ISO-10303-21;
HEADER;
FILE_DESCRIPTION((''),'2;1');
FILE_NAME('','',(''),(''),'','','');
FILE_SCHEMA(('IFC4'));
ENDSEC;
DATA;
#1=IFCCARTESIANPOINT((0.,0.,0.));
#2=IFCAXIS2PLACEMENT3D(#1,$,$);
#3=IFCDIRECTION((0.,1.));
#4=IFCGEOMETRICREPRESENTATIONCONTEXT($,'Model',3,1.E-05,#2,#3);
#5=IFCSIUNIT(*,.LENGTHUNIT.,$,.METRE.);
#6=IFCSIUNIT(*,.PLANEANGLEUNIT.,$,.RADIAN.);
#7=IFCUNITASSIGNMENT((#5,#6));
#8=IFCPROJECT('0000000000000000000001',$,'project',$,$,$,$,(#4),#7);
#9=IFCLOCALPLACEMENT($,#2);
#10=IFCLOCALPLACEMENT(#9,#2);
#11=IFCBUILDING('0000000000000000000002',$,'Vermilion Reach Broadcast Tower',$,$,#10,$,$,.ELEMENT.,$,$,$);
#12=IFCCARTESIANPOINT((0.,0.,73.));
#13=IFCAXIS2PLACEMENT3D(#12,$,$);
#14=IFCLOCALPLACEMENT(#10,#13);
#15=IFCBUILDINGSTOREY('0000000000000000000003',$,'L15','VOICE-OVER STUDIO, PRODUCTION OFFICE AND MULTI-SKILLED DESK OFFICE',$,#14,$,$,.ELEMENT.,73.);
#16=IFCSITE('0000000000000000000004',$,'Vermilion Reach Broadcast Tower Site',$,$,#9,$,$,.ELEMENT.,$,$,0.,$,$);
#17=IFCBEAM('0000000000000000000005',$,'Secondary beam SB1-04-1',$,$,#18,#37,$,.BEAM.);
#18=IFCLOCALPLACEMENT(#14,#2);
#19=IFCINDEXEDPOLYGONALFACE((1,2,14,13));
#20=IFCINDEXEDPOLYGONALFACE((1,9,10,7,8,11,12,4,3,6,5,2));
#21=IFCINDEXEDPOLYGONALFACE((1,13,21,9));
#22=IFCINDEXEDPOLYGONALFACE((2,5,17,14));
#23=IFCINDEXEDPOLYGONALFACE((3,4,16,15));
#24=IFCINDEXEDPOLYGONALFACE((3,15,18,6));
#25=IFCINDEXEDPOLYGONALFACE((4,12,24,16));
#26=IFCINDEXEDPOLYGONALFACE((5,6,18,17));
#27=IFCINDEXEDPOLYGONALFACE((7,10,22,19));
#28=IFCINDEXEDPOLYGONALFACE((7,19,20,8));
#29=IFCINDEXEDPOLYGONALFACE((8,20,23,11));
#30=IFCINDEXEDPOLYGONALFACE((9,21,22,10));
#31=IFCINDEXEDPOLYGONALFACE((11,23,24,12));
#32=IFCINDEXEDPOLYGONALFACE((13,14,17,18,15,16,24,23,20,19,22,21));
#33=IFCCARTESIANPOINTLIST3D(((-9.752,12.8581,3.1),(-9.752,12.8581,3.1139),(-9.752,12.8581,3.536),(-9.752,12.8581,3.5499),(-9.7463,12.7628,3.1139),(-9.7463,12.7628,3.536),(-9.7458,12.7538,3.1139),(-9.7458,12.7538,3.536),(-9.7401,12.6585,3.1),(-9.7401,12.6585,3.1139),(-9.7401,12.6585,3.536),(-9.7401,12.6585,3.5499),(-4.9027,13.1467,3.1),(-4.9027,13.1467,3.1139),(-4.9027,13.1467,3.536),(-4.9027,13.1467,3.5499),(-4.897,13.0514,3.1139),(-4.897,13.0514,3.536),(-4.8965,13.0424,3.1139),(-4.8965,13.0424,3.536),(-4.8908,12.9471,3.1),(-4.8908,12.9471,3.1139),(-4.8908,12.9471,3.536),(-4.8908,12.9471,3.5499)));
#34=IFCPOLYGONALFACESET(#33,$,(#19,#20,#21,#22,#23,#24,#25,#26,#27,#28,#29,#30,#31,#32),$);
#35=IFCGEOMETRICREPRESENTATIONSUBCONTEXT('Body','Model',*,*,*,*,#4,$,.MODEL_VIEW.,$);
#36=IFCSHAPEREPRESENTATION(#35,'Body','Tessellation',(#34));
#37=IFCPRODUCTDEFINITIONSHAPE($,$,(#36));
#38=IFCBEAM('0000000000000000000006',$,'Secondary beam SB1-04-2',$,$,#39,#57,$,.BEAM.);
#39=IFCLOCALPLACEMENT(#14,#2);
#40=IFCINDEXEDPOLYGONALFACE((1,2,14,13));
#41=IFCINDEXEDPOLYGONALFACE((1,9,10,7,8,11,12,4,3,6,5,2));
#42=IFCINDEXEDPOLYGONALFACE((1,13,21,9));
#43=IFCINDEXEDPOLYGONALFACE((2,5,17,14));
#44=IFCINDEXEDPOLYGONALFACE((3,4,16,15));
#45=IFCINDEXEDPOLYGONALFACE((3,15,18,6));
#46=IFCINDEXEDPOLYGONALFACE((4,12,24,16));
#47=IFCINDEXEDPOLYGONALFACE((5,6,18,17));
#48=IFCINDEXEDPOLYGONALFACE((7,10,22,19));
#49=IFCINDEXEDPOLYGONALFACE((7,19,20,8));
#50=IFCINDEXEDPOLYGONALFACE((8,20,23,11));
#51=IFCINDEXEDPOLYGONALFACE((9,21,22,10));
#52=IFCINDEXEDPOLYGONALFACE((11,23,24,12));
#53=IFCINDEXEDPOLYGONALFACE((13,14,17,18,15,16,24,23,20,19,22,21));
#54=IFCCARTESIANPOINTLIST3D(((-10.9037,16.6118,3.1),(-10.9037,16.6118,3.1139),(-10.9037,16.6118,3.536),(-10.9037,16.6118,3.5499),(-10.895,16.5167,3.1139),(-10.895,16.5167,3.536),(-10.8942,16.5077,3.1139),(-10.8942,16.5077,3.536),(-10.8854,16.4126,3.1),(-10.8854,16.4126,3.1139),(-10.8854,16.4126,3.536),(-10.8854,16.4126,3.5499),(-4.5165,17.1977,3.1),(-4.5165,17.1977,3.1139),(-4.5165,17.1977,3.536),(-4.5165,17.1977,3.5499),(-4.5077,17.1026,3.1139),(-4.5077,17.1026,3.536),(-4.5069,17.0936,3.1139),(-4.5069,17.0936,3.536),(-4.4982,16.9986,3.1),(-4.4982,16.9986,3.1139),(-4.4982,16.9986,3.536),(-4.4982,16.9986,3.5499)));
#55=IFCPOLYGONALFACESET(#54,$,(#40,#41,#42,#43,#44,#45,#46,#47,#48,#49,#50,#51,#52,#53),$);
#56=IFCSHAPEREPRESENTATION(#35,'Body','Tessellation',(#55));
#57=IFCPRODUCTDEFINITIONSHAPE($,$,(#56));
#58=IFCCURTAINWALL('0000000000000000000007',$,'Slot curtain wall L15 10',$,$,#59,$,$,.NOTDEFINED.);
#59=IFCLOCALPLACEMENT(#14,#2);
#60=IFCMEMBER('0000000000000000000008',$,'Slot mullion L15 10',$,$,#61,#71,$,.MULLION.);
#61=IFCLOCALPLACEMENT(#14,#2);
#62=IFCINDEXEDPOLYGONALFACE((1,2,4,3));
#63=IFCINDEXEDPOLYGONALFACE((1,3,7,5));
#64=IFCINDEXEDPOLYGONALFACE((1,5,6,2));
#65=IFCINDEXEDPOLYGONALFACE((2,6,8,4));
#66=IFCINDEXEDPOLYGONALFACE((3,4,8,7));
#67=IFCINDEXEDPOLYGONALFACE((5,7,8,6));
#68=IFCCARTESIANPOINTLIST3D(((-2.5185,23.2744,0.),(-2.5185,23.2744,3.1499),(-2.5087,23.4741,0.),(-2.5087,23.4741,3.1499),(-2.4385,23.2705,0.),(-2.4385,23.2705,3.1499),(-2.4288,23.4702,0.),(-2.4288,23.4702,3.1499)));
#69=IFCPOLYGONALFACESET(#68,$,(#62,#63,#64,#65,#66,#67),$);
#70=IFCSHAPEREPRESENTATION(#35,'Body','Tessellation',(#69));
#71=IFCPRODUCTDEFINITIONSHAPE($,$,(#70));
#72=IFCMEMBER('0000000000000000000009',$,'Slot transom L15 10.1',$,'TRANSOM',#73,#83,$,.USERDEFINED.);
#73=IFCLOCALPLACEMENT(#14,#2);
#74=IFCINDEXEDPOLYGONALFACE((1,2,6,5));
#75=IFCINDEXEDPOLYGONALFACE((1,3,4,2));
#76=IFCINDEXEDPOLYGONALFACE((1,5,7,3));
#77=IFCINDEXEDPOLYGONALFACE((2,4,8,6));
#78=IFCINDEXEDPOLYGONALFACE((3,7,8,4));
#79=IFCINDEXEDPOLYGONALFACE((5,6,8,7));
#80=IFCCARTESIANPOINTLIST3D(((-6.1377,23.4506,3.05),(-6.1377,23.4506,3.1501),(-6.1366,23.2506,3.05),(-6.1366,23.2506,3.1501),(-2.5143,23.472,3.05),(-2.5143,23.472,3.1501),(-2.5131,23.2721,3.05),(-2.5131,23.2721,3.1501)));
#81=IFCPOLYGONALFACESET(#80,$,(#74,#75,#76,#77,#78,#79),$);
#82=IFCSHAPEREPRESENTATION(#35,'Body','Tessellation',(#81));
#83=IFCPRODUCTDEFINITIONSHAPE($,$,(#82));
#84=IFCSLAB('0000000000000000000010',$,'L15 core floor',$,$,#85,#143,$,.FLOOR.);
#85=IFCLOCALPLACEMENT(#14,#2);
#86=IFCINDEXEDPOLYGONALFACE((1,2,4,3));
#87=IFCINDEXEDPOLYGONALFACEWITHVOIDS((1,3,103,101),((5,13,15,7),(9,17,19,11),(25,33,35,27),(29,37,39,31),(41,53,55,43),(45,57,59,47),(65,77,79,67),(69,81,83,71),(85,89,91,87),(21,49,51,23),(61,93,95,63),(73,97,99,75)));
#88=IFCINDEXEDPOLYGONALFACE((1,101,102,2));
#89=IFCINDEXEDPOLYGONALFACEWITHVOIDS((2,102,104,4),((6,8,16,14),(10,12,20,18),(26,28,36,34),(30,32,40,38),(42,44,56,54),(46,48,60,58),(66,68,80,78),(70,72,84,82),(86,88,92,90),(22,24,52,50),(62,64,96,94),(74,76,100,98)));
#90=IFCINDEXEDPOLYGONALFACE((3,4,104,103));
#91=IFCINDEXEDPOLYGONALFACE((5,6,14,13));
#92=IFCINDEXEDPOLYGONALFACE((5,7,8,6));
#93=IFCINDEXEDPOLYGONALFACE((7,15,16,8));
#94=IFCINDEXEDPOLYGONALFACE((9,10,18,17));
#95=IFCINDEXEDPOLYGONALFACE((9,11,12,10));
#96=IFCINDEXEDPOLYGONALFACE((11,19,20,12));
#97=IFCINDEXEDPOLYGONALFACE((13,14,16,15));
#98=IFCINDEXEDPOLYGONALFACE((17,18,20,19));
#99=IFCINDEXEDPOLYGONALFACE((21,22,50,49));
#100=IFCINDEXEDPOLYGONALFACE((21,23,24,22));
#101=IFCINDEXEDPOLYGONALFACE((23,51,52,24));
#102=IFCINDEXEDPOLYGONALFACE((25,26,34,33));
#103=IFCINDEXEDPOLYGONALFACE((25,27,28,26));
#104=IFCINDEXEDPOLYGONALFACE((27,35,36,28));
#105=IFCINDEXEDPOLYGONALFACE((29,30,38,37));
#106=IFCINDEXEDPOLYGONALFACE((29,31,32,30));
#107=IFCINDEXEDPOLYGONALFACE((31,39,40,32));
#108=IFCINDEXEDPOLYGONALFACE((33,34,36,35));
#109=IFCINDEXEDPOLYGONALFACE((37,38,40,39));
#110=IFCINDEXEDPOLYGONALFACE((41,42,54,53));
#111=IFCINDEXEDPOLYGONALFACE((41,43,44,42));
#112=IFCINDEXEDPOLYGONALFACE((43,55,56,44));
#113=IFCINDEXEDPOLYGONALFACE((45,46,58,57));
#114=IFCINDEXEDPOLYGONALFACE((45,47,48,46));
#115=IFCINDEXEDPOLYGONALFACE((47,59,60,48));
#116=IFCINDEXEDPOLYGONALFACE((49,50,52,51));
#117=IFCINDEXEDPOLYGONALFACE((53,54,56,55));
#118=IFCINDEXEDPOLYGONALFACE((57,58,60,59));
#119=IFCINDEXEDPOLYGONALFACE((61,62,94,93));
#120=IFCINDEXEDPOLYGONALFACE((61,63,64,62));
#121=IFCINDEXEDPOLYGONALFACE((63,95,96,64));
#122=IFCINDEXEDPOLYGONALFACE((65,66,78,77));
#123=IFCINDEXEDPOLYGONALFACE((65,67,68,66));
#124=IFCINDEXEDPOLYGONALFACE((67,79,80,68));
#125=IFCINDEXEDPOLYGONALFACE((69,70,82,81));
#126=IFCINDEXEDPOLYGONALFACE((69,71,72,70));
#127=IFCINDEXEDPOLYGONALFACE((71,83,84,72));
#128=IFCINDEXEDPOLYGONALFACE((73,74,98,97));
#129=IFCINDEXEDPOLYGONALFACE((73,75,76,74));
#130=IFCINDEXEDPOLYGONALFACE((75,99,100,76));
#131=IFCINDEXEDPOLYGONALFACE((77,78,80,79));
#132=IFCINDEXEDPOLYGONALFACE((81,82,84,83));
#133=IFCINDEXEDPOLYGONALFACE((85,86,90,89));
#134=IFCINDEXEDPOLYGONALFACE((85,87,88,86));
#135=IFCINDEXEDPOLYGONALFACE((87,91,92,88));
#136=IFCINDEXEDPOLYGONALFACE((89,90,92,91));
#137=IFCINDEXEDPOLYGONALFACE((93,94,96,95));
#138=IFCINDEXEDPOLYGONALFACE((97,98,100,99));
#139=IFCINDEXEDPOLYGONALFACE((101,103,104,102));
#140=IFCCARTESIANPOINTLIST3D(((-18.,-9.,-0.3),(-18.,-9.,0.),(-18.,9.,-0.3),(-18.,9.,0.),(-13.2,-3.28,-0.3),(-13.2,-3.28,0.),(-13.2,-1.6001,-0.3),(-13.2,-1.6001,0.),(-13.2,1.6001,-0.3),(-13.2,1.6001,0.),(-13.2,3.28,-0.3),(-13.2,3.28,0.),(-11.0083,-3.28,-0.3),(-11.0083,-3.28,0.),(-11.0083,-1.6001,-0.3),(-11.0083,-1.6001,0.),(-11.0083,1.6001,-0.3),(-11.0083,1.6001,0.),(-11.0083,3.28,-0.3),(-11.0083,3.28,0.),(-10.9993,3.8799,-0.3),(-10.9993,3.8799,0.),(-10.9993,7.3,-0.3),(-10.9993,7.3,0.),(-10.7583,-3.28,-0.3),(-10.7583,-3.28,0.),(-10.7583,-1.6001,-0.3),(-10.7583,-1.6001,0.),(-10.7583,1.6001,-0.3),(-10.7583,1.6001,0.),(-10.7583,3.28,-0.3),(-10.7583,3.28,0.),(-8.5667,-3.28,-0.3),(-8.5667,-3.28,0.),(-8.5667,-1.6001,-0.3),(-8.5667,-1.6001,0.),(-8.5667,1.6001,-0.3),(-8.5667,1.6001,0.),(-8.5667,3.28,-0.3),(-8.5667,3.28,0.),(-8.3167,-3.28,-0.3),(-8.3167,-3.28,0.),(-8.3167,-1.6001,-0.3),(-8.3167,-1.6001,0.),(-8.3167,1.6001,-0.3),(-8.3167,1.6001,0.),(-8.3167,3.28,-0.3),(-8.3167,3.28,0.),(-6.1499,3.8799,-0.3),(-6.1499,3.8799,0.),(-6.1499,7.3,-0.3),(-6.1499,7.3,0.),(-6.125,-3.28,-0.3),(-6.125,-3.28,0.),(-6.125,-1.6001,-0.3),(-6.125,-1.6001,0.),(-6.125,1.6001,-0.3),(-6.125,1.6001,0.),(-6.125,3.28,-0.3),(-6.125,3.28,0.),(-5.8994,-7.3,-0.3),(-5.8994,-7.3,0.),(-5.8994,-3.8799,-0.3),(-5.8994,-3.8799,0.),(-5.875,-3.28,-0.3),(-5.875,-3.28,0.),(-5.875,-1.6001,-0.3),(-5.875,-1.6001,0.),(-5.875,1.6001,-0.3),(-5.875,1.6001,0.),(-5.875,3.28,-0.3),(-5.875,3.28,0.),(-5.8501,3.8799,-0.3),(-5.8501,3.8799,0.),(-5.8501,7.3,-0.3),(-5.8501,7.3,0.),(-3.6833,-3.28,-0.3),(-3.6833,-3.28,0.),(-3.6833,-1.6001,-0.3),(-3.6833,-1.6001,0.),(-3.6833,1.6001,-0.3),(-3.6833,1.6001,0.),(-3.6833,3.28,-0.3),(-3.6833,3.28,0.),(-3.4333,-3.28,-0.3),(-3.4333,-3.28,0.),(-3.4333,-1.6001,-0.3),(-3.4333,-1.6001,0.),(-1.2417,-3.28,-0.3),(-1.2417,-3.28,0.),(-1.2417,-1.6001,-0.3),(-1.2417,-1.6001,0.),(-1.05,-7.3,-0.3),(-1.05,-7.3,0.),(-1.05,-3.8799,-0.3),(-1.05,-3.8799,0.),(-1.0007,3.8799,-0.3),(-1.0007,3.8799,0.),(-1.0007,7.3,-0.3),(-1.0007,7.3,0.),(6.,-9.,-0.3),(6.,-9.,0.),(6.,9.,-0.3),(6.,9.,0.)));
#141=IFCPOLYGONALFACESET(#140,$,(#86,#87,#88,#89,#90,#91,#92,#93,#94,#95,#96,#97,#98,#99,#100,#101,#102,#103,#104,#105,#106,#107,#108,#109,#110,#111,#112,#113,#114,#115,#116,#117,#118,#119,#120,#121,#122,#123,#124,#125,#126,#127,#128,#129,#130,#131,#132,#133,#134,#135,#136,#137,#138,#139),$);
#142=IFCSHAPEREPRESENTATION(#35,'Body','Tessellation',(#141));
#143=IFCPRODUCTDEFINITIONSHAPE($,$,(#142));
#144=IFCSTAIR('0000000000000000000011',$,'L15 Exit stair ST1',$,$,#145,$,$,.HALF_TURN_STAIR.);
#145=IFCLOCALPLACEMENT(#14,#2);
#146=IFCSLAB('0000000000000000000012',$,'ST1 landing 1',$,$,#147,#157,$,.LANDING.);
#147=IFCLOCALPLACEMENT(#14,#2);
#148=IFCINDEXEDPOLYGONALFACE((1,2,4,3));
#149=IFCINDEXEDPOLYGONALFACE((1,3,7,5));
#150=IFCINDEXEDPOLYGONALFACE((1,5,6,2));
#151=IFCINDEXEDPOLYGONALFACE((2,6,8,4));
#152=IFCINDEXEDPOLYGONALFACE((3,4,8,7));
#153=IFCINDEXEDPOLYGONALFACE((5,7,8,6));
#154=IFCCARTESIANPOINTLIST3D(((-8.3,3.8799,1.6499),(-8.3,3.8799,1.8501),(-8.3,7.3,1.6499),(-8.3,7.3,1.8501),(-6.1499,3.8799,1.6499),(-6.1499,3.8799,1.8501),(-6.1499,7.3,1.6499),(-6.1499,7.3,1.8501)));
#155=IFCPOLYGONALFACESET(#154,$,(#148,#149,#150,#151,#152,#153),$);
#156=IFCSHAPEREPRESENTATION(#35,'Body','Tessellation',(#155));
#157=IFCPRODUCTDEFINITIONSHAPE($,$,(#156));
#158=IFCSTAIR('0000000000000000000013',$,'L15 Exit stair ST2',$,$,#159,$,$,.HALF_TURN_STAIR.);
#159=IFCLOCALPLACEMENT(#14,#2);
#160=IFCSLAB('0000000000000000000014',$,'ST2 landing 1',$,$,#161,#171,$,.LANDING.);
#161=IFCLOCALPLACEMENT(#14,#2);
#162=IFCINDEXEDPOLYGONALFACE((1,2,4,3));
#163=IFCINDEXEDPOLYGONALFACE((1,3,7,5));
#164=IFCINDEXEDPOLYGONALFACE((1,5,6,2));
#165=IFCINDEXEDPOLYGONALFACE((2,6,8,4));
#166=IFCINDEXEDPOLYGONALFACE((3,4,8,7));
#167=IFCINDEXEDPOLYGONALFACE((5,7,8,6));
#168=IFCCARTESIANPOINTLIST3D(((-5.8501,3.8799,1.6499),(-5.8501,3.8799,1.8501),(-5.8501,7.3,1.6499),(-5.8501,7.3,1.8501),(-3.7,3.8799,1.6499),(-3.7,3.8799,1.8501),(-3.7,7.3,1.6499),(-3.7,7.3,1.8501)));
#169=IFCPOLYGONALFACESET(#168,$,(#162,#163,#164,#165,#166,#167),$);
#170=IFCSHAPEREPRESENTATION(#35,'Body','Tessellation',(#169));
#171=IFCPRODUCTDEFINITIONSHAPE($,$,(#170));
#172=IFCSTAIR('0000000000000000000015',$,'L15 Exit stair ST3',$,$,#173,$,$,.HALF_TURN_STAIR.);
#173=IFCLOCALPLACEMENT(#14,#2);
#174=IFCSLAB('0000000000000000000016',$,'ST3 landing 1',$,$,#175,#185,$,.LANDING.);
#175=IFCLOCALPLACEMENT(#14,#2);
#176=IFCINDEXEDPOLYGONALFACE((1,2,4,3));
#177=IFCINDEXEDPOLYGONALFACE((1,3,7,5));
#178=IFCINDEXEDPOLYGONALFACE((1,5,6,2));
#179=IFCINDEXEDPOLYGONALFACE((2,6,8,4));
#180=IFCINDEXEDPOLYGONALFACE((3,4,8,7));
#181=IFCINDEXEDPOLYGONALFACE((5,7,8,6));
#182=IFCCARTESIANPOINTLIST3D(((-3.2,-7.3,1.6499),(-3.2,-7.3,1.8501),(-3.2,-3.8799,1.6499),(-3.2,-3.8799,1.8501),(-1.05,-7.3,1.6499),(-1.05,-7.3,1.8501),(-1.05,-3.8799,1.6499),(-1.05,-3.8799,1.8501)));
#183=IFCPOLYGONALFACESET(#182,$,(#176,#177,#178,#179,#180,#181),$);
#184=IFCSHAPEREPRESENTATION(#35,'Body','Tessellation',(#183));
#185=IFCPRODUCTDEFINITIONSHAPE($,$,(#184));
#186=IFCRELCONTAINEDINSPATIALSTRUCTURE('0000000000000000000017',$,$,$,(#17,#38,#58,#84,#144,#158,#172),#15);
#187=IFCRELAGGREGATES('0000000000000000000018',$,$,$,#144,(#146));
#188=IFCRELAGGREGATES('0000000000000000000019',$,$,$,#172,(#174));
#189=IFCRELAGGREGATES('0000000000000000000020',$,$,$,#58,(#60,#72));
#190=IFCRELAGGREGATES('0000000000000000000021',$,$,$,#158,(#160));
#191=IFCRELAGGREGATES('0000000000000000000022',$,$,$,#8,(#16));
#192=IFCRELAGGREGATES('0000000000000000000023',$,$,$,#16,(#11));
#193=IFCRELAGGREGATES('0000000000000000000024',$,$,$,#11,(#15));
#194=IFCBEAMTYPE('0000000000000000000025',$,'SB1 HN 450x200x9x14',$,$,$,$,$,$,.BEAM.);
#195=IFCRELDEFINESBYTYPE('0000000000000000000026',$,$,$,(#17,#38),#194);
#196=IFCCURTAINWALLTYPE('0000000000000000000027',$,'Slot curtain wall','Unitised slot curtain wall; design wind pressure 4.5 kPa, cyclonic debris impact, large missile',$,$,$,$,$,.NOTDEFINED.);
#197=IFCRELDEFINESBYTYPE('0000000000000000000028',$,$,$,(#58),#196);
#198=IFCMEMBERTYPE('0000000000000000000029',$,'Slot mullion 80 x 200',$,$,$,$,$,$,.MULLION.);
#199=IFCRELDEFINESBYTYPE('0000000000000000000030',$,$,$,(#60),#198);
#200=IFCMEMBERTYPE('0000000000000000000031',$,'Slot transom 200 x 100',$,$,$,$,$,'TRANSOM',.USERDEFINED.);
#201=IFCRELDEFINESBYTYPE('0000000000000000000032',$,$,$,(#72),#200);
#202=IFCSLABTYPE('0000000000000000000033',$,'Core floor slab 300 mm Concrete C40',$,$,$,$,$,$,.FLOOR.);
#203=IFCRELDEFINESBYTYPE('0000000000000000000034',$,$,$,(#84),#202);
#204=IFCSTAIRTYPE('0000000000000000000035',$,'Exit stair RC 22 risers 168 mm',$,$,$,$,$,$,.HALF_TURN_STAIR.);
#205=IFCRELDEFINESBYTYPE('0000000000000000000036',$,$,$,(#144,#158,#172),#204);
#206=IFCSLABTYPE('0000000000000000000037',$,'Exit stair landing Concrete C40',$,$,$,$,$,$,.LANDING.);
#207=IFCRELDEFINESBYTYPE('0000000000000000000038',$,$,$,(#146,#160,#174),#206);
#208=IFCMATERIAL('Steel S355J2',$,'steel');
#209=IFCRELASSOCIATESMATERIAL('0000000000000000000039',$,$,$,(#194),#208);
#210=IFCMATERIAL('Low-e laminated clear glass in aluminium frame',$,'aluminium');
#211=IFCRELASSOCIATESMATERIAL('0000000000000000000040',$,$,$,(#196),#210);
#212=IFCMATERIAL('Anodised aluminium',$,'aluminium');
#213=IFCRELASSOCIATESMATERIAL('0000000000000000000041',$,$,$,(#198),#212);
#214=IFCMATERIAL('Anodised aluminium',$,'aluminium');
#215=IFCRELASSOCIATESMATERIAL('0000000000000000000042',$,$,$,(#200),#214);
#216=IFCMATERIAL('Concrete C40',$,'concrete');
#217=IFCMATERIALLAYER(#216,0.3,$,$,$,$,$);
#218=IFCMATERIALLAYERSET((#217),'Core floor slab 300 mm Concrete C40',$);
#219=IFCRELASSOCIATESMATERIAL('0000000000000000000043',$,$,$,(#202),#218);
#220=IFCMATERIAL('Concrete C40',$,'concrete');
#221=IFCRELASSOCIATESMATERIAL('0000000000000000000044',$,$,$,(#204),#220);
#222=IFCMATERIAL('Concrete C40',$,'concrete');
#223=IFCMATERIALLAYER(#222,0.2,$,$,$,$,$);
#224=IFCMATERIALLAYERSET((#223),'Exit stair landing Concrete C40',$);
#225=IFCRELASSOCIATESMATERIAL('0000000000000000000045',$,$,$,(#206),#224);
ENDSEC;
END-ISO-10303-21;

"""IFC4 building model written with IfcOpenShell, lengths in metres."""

from ifc_helpers import new_model, si_unit, direction, frame, origin, origin_2d, place, context, subcontext, project, spatial, polyline, rectangle, i_section, outline, extrude, material, layer, layer_set, material_profile, profile_set, type_object, element, aggregate, save


model = new_model("IFC4")

# Units and contexts
model_context = context("Model", 3, precision=1e-05, world=origin(), true_north=direction((0.0, 1.0)))
body_context = subcontext(model_context, "Body", "Model", "MODEL_VIEW")
ifc_project = project(units=[si_unit("LENGTHUNIT", "METRE"), si_unit("PLANEANGLEUNIT", "RADIAN")], contexts=[model_context])

# Site, building, storey
site_placement = place(None, origin())
site = spatial("IfcSite", under=ifc_project, at=site_placement, Name="Vermilion Reach Broadcast Tower Site", CompositionType="ELEMENT", RefElevation=0.0)
building_placement = place(site_placement, origin())
building = spatial("IfcBuilding", under=site, at=building_placement, Name="Vermilion Reach Broadcast Tower", CompositionType="ELEMENT")
storey_placement = place(building_placement, frame((0.0, 0.0, 73.0)))
storey = spatial("IfcBuildingStorey", under=building, at=storey_placement, Name="L15", Description="VOICE-OVER STUDIO, PRODUCTION OFFICE AND MULTI-SKILLED DESK OFFICE", CompositionType="ELEMENT", Elevation=73.0)

# Beams
ifc_material_1 = material(Name="Steel S355J2", Category="steel")
ifc_material_profile_1 = material_profile(ifc_material_1, i_section(OverallWidth=0.2, OverallDepth=0.45, WebThickness=0.009, FlangeThickness=0.0139, at=origin_2d()), Name="S355J2 HN 450x200x9x14")
ifc_profile_set_1 = profile_set([ifc_material_profile_1], Name="Steel S355J2")
beam_type_1 = type_object("IfcBeamType", Name="SB1 HN 450x200x9x14", PredefinedType="BEAM", material=ifc_profile_set_1)
beam_1_placement = place(storey_placement, frame((-4.8967, 13.0469, 3.325), z_axis=(-0.998234, -0.059403, 0.0), x_axis=(0.059403, -0.998234, 0.0)))
element("IfcBeam", 1, at=beam_1_placement, inside=storey, type_object=beam_type_1, Name="Secondary beam SB1-04-1", PredefinedType="BEAM", context=body_context, shape_type="SweptSolid", body=[
    extrude(i_section(OverallWidth=0.2, OverallDepth=0.45, WebThickness=0.009, FlangeThickness=0.0139, at=origin_2d()), origin(), (0.0, 0.0, 1.0), 4.8579),
])
beam_2_placement = place(storey_placement, frame((-4.5073, 17.0981, 3.325), z_axis=(-0.995819, -0.091353, 0.0), x_axis=(0.091353, -0.995819, 0.0)))
element("IfcBeam", 2, at=beam_2_placement, inside=storey, type_object=beam_type_1, Name="Secondary beam SB1-04-2", PredefinedType="BEAM", context=body_context, shape_type="SweptSolid", body=[
    extrude(i_section(OverallWidth=0.2, OverallDepth=0.45, WebThickness=0.009, FlangeThickness=0.0139, at=origin_2d()), origin(), (0.0, 0.0, 1.0), 6.4141),
])

# Curtain wall, members
ifc_material_2 = material(Name="Low-e laminated clear glass in aluminium frame", Category="aluminium")
curtain_wall_type = type_object("IfcCurtainWallType", Name="Slot curtain wall", Description="Unitised slot curtain wall; design wind pressure 4.5 kPa, cyclonic debris impact, large missile", PredefinedType="NOTDEFINED", material=ifc_material_2)
placement_1 = place(storey_placement, origin())
curtain_wall = element("IfcCurtainWall", 3, at=placement_1, inside=storey, type_object=curtain_wall_type, Name="Slot curtain wall L15 10", PredefinedType="NOTDEFINED")
ifc_material_3 = material(Name="Anodised aluminium", Category="aluminium")
ifc_material_profile_2 = material_profile(ifc_material_3, rectangle(XDim=0.2, YDim=0.0801, at=origin_2d()), Name="Slot mullion 80 x 200")
ifc_profile_set_2 = profile_set([ifc_material_profile_2], Name="Anodised aluminium")
member_type_1 = type_object("IfcMemberType", Name="Slot mullion 80 x 200", PredefinedType="MULLION", material=ifc_profile_set_2)
member_1_placement = place(storey_placement, frame((-2.4736, 23.3723, 0.0), z_axis=(0.0, 0.0, 1.0), x_axis=(-0.048867, -0.998805, 0.0)))
member_1 = element("IfcMember", 4, at=member_1_placement, type_object=member_type_1, Name="Slot mullion L15 10", PredefinedType="MULLION", context=body_context, shape_type="SweptSolid", body=[
    extrude(rectangle(XDim=0.2, YDim=0.0801, at=origin_2d()), origin(), (0.0, 0.0, 1.0), 3.1499),
])
ifc_material_4 = material(Name="Anodised aluminium", Category="aluminium")
ifc_material_profile_3 = material_profile(ifc_material_4, rectangle(XDim=0.2, YDim=0.1001, at=origin_2d()), Name="Slot transom 200 x 100")
ifc_profile_set_3 = profile_set([ifc_material_profile_3], Name="Anodised aluminium")
member_type_2 = type_object("IfcMemberType", Name="Slot transom 200 x 100", ElementType="TRANSOM", PredefinedType="USERDEFINED", material=ifc_profile_set_3)
member_2_placement = place(storey_placement, frame((-2.5137, 23.3721, 3.1001), z_axis=(-0.999982, -0.005929, 0.0), x_axis=(0.005929, -0.999982, 0.0)))
member_2 = element("IfcMember", 5, at=member_2_placement, type_object=member_type_2, Name="Slot transom L15 10.1", ObjectType="TRANSOM", PredefinedType="USERDEFINED", context=body_context, shape_type="SweptSolid", body=[
    extrude(rectangle(XDim=0.2, YDim=0.1001, at=origin_2d()), origin(), (0.0, 0.0, 1.0), 3.6235),
])

# Slab
ifc_material_5 = material(Name="Concrete C40", Category="concrete")
ifc_layer_1 = layer(ifc_material_5, 0.3)
ifc_layer_set_1 = layer_set([ifc_layer_1], Name="Core floor slab 300 mm Concrete C40")
slab_type_1 = type_object("IfcSlabType", Name="Core floor slab 300 mm Concrete C40", PredefinedType="FLOOR", material=ifc_layer_set_1)
slab_1_placement = place(storey_placement, frame((0.0, 0.0, -0.3)))
element("IfcSlab", 6, at=slab_1_placement, inside=storey, type_object=slab_type_1, Name="L15 core floor", PredefinedType="FLOOR", context=body_context, shape_type="SweptSolid", body=[
    extrude(outline(polyline([(-18.0, -9.0), (6.0, -9.0), (6.0, 9.0), (-18.0, 9.0), (-18.0, -9.0)]), holes=[polyline([(-13.2, 1.6001), (-11.0083, 1.6001), (-11.0083, 3.28), (-13.2, 3.28), (-13.2, 1.6001)]), polyline([(-10.7583, 1.6001), (-8.5667, 1.6001), (-8.5667, 3.28), (-10.7583, 3.28), (-10.7583, 1.6001)]), polyline([(-8.3167, 1.6001), (-6.125, 1.6001), (-6.125, 3.28), (-8.3167, 3.28), (-8.3167, 1.6001)]), polyline([(-5.875, 1.6001), (-3.6833, 1.6001), (-3.6833, 3.28), (-5.875, 3.28), (-5.875, 1.6001)]), polyline([(-13.2, -3.28), (-11.0083, -3.28), (-11.0083, -1.6001), (-13.2, -1.6001), (-13.2, -3.28)]), polyline([(-10.7583, -3.28), (-8.5667, -3.28), (-8.5667, -1.6001), (-10.7583, -1.6001), (-10.7583, -3.28)]), polyline([(-8.3167, -3.28), (-6.125, -3.28), (-6.125, -1.6001), (-8.3167, -1.6001), (-8.3167, -3.28)]), polyline([(-5.875, -3.28), (-3.6833, -3.28), (-3.6833, -1.6001), (-5.875, -1.6001), (-5.875, -3.28)]), polyline([(-3.4333, -3.28), (-1.2417, -3.28), (-1.2417, -1.6001), (-3.4333, -1.6001), (-3.4333, -3.28)]), polyline([(-10.9993, 3.8799), (-6.1499, 3.8799), (-6.1499, 7.3), (-10.9993, 7.3), (-10.9993, 3.8799)]), polyline([(-1.0007, 7.3), (-5.8501, 7.3), (-5.8501, 3.8799), (-1.0007, 3.8799), (-1.0007, 7.3)]), polyline([(-5.8994, -7.3), (-1.05, -7.3), (-1.05, -3.8799), (-5.8994, -3.8799), (-5.8994, -7.3)])]), origin(), (0.0, 0.0, 1.0), 0.3),
])

# Stairs, slabs
ifc_material_6 = material(Name="Concrete C40", Category="concrete")
stair_type = type_object("IfcStairType", Name="Exit stair RC 22 risers 168 mm", PredefinedType="HALF_TURN_STAIR", material=ifc_material_6)
stair_1 = element("IfcStair", 7, at=placement_1, inside=storey, type_object=stair_type, Name="L15 Exit stair ST1", PredefinedType="HALF_TURN_STAIR")
ifc_material_7 = material(Name="Concrete C40", Category="concrete")
ifc_layer_2 = layer(ifc_material_7, 0.2)
ifc_layer_set_2 = layer_set([ifc_layer_2], Name="Exit stair landing Concrete C40")
slab_type_2 = type_object("IfcSlabType", Name="Exit stair landing Concrete C40", PredefinedType="LANDING", material=ifc_layer_set_2)
placement_2 = place(storey_placement, frame((0.0, 0.0, 1.6499)))
slab_2 = element("IfcSlab", 8, at=placement_2, type_object=slab_type_2, Name="ST1 landing 1", PredefinedType="LANDING", context=body_context, shape_type="SweptSolid", body=[
    extrude(outline(polyline([(-8.3, 3.8799), (-6.1499, 3.8799), (-6.1499, 7.3), (-8.3, 7.3), (-8.3, 3.8799)])), origin(), (0.0, 0.0, 1.0), 0.2002),
])
aggregate(stair_1, [slab_2])
stair_2 = element("IfcStair", 9, at=placement_1, inside=storey, type_object=stair_type, Name="L15 Exit stair ST2", PredefinedType="HALF_TURN_STAIR")
slab_3 = element("IfcSlab", 10, at=placement_2, type_object=slab_type_2, Name="ST2 landing 1", PredefinedType="LANDING", context=body_context, shape_type="SweptSolid", body=[
    extrude(outline(polyline([(-3.7, 7.3), (-5.8501, 7.3), (-5.8501, 3.8799), (-3.7, 3.8799), (-3.7, 7.3)])), origin(), (0.0, 0.0, 1.0), 0.2002),
])
stair_3 = element("IfcStair", 11, at=placement_1, inside=storey, type_object=stair_type, Name="L15 Exit stair ST3", PredefinedType="HALF_TURN_STAIR")
slab_4 = element("IfcSlab", 12, at=placement_2, type_object=slab_type_2, Name="ST3 landing 1", PredefinedType="LANDING", context=body_context, shape_type="SweptSolid", body=[
    extrude(outline(polyline([(-3.2, -7.3), (-1.05, -7.3), (-1.05, -3.8799), (-3.2, -3.8799), (-3.2, -7.3)])), origin(), (0.0, 0.0, 1.0), 0.2002),
])
aggregate(stair_3, [slab_4])

aggregate(curtain_wall, [member_1, member_2])

aggregate(stair_2, [slab_3])

save(model, "model.ifc")
